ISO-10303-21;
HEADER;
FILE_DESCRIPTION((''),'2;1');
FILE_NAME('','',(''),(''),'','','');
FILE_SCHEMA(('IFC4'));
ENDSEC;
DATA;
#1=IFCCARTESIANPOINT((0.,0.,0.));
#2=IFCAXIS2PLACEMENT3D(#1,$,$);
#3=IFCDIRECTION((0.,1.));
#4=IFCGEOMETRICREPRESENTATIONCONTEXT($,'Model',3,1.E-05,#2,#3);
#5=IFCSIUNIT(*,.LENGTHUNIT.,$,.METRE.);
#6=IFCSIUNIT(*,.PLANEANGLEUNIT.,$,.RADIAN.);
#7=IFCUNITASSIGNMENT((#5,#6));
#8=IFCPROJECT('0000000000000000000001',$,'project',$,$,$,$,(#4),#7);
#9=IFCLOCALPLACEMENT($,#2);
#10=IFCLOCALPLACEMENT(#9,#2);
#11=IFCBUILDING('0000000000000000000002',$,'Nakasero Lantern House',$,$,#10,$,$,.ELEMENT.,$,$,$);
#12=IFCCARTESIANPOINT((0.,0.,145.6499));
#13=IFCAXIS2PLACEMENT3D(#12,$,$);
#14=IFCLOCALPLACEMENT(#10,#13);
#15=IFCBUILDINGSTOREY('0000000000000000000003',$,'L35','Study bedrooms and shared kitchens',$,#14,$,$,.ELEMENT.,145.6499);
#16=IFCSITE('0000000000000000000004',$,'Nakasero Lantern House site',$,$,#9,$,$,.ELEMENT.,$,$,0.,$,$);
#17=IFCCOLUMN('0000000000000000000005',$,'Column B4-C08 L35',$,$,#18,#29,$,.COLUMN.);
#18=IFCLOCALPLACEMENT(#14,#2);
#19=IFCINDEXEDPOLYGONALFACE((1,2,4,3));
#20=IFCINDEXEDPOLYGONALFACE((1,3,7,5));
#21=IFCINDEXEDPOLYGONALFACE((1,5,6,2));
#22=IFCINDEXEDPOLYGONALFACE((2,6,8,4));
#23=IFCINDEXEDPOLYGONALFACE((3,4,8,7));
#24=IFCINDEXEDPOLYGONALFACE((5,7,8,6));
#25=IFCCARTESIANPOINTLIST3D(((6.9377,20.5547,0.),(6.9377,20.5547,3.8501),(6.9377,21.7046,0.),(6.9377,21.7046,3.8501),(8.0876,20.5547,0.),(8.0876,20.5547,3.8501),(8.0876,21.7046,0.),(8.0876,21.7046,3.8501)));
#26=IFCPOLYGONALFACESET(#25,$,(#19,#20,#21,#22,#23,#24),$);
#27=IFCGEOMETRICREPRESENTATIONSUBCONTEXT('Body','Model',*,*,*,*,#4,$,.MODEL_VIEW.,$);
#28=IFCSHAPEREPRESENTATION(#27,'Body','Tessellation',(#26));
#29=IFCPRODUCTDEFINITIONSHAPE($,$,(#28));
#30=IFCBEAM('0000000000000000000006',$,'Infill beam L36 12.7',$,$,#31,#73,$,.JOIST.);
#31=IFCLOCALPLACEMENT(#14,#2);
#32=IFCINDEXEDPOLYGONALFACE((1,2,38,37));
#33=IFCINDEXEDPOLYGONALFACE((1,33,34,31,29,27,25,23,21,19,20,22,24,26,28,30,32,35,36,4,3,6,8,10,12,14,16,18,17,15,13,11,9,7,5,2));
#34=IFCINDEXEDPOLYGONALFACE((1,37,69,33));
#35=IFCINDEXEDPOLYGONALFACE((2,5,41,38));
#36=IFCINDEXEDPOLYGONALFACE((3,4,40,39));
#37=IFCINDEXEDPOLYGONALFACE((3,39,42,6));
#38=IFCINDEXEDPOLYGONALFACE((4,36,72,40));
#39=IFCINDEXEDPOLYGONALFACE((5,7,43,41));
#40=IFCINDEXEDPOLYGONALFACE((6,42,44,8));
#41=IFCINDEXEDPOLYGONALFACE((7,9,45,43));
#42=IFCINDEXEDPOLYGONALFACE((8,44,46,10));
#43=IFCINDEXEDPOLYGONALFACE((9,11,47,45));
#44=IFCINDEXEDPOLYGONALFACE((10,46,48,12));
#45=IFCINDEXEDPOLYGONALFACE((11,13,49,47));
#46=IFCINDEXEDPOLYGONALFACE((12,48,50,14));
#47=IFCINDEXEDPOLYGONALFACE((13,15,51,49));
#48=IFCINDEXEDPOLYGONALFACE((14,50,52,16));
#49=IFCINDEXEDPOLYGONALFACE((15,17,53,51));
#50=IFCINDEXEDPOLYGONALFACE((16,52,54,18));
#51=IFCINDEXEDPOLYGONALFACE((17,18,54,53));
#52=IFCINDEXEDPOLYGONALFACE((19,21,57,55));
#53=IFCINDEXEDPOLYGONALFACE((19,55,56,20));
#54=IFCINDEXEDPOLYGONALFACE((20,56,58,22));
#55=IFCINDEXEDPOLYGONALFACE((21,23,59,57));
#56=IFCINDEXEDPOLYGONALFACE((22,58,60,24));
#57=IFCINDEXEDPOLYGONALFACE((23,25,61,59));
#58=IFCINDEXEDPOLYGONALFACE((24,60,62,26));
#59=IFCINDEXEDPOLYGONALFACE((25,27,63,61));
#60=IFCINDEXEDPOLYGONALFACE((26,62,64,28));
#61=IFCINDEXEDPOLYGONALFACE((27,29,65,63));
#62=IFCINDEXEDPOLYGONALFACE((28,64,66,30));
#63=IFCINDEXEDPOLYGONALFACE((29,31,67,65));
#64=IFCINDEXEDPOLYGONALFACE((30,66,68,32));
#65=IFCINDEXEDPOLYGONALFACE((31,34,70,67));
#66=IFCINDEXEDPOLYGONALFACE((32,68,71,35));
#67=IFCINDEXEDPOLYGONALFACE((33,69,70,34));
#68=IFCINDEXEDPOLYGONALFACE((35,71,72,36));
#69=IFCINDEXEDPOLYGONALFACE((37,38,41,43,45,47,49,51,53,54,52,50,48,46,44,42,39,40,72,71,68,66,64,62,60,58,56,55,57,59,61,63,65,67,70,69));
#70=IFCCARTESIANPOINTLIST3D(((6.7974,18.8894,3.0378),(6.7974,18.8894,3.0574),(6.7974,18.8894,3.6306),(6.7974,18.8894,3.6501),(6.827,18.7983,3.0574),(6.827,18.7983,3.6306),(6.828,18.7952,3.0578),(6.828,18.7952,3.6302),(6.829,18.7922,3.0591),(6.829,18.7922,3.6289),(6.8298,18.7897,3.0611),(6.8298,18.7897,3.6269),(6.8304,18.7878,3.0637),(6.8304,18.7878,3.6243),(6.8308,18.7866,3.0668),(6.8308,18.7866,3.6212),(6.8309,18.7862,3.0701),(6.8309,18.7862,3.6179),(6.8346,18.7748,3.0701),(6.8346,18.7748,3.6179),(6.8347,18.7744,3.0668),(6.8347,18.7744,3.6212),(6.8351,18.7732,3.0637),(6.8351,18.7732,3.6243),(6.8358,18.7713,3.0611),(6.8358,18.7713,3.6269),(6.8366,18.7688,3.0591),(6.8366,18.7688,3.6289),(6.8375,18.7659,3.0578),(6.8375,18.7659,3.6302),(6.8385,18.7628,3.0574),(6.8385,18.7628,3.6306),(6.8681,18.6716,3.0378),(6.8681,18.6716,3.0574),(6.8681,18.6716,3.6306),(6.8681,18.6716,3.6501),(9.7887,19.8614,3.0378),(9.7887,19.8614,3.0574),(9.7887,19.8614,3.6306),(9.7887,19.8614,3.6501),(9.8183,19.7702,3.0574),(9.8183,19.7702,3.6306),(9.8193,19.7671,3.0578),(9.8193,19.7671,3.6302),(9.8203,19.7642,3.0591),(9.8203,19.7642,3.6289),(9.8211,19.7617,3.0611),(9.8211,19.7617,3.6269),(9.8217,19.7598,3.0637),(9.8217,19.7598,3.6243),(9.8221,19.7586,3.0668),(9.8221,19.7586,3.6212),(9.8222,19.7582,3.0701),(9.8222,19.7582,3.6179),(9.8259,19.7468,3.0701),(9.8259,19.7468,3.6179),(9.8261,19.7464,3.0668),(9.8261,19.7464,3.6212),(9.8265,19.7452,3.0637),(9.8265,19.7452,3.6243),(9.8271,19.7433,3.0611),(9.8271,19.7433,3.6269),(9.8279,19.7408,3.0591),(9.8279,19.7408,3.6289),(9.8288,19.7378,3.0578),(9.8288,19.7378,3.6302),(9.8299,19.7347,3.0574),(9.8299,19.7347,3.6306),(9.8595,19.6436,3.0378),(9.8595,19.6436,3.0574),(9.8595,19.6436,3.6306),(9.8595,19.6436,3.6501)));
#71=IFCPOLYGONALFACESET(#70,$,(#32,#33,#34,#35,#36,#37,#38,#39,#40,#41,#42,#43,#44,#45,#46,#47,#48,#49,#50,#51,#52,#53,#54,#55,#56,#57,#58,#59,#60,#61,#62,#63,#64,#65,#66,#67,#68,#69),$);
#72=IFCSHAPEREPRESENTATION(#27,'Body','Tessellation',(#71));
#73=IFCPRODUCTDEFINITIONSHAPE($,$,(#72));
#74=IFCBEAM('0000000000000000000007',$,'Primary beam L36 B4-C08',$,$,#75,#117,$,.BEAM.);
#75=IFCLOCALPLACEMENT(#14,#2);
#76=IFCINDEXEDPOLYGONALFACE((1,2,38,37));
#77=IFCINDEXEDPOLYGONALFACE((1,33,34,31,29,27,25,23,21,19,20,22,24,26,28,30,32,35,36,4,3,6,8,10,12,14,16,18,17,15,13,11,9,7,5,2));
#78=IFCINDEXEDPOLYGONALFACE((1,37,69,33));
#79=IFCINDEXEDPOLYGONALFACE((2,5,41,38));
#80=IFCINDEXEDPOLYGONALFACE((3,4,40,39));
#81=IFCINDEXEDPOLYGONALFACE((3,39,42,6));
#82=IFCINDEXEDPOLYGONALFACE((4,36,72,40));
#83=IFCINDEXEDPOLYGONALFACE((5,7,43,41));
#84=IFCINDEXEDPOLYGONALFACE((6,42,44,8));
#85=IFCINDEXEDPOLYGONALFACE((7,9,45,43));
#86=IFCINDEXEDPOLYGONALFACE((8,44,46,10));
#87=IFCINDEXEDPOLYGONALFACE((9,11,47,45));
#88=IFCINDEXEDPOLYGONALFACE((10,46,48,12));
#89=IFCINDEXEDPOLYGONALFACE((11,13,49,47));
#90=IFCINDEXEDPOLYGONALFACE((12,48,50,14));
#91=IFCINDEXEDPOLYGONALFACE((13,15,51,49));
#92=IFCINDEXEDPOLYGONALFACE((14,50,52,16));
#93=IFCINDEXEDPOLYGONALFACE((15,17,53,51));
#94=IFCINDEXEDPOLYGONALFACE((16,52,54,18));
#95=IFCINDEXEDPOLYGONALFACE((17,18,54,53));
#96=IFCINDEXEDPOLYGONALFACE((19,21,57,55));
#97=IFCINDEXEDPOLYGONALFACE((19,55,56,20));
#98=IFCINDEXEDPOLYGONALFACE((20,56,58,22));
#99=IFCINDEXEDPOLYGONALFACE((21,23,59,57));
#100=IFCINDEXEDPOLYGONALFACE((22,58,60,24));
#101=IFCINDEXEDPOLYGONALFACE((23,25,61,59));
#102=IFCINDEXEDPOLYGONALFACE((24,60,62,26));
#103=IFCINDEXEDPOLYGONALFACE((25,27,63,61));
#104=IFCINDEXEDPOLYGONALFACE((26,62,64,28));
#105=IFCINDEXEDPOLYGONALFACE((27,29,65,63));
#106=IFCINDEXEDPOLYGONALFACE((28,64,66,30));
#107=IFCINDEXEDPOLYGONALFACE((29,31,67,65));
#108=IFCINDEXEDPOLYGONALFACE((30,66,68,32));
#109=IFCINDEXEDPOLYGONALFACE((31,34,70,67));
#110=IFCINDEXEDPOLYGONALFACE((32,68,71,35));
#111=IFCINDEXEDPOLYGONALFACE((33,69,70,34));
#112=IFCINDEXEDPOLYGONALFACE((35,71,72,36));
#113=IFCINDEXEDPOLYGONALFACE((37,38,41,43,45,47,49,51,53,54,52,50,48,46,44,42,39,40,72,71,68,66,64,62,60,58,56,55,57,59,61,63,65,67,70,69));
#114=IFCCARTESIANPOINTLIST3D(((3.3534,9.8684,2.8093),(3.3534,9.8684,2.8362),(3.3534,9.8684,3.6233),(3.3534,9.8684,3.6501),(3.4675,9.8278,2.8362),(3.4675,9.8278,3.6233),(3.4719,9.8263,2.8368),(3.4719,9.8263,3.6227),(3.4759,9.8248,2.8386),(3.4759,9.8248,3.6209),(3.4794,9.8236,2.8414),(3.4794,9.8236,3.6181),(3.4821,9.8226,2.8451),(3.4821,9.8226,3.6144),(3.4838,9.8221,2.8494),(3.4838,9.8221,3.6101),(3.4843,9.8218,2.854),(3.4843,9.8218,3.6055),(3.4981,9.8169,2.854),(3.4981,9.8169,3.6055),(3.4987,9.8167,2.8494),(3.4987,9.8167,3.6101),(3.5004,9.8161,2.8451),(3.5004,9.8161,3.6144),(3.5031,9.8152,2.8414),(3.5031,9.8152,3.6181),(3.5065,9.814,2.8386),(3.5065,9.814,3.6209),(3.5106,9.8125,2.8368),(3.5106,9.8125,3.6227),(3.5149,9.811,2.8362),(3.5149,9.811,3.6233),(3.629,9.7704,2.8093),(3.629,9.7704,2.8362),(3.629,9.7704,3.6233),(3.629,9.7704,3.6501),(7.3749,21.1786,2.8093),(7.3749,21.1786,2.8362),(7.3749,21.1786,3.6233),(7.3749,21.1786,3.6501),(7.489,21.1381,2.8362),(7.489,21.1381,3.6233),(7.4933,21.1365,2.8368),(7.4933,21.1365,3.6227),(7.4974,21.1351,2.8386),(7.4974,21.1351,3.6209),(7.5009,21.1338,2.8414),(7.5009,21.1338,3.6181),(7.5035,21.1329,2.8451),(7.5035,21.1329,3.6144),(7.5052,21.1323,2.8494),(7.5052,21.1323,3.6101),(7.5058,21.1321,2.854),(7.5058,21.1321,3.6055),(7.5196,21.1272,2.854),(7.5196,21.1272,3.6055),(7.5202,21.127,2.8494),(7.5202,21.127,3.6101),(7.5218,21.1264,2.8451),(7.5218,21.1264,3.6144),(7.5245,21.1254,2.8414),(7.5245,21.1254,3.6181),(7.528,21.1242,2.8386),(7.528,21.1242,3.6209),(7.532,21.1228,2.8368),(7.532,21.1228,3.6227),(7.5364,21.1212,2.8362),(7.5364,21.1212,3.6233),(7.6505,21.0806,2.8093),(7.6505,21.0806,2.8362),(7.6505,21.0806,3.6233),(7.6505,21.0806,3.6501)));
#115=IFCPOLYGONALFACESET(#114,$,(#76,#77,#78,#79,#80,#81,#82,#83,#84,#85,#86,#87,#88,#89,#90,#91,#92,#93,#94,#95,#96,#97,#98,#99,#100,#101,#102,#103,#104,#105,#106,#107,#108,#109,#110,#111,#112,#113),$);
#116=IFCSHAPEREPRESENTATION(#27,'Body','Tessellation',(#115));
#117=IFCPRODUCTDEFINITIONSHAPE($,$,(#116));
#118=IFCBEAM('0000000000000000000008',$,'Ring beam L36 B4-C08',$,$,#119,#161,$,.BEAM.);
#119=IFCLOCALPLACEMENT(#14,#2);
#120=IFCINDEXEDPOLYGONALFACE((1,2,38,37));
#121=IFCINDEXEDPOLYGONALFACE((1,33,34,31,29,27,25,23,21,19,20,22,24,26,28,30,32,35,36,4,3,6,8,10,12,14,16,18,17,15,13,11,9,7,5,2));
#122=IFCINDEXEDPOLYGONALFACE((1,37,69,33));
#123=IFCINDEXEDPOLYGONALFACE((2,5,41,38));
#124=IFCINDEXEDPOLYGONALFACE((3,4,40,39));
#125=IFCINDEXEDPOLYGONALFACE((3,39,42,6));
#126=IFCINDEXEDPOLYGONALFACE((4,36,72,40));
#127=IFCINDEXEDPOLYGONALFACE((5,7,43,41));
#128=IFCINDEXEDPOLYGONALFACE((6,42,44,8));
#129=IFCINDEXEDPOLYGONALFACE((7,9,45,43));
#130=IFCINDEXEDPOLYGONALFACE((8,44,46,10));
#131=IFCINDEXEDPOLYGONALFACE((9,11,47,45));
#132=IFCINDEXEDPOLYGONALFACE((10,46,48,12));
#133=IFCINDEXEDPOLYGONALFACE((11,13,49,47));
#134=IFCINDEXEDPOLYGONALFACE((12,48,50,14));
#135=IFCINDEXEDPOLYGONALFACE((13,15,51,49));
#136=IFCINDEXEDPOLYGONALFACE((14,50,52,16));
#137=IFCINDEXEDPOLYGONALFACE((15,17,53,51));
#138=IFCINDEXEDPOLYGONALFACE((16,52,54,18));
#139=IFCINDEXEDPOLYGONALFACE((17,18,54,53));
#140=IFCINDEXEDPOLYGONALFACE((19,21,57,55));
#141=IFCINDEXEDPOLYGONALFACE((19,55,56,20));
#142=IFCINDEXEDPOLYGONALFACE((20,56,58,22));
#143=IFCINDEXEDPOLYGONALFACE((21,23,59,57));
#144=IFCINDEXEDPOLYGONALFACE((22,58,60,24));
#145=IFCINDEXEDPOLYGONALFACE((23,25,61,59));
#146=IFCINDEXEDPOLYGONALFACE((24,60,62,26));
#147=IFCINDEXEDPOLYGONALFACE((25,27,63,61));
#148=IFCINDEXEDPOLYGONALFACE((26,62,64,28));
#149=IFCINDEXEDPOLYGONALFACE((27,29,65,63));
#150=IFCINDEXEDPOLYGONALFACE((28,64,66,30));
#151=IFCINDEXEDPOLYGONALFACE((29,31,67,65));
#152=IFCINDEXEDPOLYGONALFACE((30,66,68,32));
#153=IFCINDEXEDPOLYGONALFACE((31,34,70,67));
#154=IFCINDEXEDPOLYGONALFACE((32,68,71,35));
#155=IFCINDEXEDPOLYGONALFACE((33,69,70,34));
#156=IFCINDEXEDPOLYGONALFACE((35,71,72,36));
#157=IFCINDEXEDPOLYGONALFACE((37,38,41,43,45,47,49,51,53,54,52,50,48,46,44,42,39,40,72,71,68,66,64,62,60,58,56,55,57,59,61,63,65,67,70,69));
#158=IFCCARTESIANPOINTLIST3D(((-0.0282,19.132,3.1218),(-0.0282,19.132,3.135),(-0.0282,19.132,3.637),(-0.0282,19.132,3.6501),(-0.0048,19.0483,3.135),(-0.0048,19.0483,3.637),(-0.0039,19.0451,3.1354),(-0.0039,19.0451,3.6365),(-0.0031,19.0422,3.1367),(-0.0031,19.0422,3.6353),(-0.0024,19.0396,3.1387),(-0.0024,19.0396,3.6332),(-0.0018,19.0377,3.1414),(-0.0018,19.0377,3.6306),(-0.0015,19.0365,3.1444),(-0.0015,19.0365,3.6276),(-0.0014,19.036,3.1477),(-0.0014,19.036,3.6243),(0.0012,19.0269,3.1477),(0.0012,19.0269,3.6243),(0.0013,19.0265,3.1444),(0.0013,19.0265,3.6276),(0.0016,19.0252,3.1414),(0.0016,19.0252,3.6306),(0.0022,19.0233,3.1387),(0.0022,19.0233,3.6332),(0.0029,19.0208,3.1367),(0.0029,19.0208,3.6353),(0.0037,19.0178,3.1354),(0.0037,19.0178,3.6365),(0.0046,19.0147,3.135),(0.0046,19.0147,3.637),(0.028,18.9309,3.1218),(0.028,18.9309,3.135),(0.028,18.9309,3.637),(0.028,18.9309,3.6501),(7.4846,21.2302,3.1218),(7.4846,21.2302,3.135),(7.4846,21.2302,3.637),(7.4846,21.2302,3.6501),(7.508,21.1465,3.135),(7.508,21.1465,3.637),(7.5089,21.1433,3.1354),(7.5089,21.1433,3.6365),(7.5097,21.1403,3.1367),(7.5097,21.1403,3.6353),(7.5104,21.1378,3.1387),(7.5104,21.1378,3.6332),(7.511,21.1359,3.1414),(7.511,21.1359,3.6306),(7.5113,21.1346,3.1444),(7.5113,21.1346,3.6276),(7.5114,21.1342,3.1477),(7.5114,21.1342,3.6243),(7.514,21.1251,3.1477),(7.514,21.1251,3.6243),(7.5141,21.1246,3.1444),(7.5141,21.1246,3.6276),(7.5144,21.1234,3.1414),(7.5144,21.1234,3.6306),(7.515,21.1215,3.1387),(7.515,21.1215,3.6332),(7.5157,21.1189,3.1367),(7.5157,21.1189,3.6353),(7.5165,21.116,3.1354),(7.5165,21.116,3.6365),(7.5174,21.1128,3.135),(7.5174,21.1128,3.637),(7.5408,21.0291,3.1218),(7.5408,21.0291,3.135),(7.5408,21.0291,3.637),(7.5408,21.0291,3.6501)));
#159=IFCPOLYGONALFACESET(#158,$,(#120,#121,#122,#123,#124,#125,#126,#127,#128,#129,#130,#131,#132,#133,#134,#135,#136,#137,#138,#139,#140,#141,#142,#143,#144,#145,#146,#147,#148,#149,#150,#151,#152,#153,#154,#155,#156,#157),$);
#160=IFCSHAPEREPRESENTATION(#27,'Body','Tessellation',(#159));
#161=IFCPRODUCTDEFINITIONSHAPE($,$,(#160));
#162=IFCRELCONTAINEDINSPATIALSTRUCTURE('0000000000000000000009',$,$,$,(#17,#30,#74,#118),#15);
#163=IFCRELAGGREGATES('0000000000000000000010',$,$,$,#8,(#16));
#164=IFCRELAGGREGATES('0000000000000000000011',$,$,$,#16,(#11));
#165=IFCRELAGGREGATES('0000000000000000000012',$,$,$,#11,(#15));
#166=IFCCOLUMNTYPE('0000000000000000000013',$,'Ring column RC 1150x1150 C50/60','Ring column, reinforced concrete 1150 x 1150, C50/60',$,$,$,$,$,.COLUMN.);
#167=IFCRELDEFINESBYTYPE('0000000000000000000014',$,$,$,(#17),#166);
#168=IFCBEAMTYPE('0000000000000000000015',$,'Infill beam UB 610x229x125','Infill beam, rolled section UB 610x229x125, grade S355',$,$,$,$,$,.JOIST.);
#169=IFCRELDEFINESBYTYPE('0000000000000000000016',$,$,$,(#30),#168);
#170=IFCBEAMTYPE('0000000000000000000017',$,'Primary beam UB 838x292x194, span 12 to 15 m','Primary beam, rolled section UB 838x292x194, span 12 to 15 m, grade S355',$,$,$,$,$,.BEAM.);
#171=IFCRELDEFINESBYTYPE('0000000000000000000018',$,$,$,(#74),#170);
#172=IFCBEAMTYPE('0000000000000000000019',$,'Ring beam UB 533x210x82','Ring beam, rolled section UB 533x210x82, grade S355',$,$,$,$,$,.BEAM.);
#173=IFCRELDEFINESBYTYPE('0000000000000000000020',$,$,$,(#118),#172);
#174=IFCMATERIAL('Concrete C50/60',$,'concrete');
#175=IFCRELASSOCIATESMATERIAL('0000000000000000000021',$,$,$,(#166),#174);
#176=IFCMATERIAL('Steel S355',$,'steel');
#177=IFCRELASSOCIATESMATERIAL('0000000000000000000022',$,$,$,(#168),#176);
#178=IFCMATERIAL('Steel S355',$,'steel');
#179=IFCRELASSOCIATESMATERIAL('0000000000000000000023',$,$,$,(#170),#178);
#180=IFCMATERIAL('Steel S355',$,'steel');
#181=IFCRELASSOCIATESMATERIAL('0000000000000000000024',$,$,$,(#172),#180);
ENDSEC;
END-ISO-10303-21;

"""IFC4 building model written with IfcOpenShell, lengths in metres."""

from ifc_helpers import new_model, si_unit, direction, frame, origin, origin_2d, place, context, subcontext, project, spatial, rectangle, i_section, extrude, material, material_profile, profile_set, type_object, element, save


model = new_model("IFC4")

# Units and contexts
model_context = context("Model", 3, precision=1e-05, world=origin(), true_north=direction((0.0, 1.0)))
body_context = subcontext(model_context, "Body", "Model", "MODEL_VIEW")
ifc_project = project(units=[si_unit("LENGTHUNIT", "METRE"), si_unit("PLANEANGLEUNIT", "RADIAN")], contexts=[model_context])

# Site, building, storey
site_placement = place(None, origin())
site = spatial("IfcSite", under=ifc_project, at=site_placement, Name="Nakasero Lantern House site", CompositionType="ELEMENT", RefElevation=0.0)
building_placement = place(site_placement, origin())
building = spatial("IfcBuilding", under=site, at=building_placement, Name="Nakasero Lantern House", CompositionType="ELEMENT")
storey_placement = place(building_placement, frame((0.0, 0.0, 145.6499)))
storey = spatial("IfcBuildingStorey", under=building, at=storey_placement, Name="L35", Description="Study bedrooms and shared kitchens", CompositionType="ELEMENT", Elevation=145.6499)

# Column
ifc_material_1 = material(Name="Concrete C50/60", Category="concrete")
ifc_material_profile_1 = material_profile(ifc_material_1, rectangle(XDim=1.1499, YDim=1.1499, at=origin_2d()), Name="RC 1150x1150")
ifc_profile_set_1 = profile_set([ifc_material_profile_1], Name="Concrete C50/60")
column_type = type_object("IfcColumnType", Name="Ring column RC 1150x1150 C50/60", Description="Ring column, reinforced concrete 1150 x 1150, C50/60", PredefinedType="COLUMN", material=ifc_profile_set_1)
column_placement = place(storey_placement, frame((7.5127, 21.1296, 0.0), z_axis=(0.0, 0.0, 1.0), x_axis=(1.0, 0.0, 0.0)))
element("IfcColumn", 1, at=column_placement, inside=storey, type_object=column_type, Name="Column B4-C08 L35", PredefinedType="COLUMN", context=body_context, shape_type="SweptSolid", body=[
    extrude(rectangle(XDim=1.1499, YDim=1.1499, at=origin_2d()), origin(), (0.0, 0.0, 1.0), 3.8501),
])

# Beams
ifc_material_2 = material(Name="Steel S355", Category="steel")
ifc_material_profile_2 = material_profile(ifc_material_2, i_section(OverallWidth=0.229, OverallDepth=0.6123, WebThickness=0.012, FlangeThickness=0.0195, FilletRadius=0.0127, at=origin_2d()), Name="UB 610x229x125")
ifc_profile_set_2 = profile_set([ifc_material_profile_2], Name="Steel S355")
beam_type_1 = type_object("IfcBeamType", Name="Infill beam UB 610x229x125", Description="Infill beam, rolled section UB 610x229x125, grade S355", PredefinedType="JOIST", material=ifc_profile_set_2)
beam_1_placement = place(storey_placement, frame((6.8328, 18.7805, 3.344), z_axis=(0.951055, 0.309023, 0.0), x_axis=(-0.309023, 0.951055, 0.0)))
element("IfcBeam", 2, at=beam_1_placement, inside=storey, type_object=beam_type_1, Name="Infill beam L36 12.7", PredefinedType="JOIST", context=body_context, shape_type="SweptSolid", body=[
    extrude(i_section(OverallWidth=0.229, OverallDepth=0.6123, WebThickness=0.012, FlangeThickness=0.0195, FilletRadius=0.0127, at=origin_2d()), origin(), (0.0, 0.0, 1.0), 3.1453),
])
ifc_material_3 = material(Name="Steel S355", Category="steel")
ifc_material_profile_3 = material_profile(ifc_material_3, i_section(OverallWidth=0.2925, OverallDepth=0.8408, WebThickness=0.0146, FlangeThickness=0.0269, FilletRadius=0.0178, at=origin_2d()), Name="UB 838x292x194")
ifc_profile_set_3 = profile_set([ifc_material_profile_3], Name="Steel S355")
beam_type_2 = type_object("IfcBeamType", Name="Primary beam UB 838x292x194, span 12 to 15 m", Description="Primary beam, rolled section UB 838x292x194, span 12 to 15 m, grade S355", PredefinedType="BEAM", material=ifc_profile_set_3)
beam_2_placement = place(storey_placement, frame((7.5127, 21.1296, 3.2297), z_axis=(-0.335013, -0.942214, 0.0), x_axis=(0.942214, -0.335013, 0.0)))
element("IfcBeam", 3, at=beam_2_placement, inside=storey, type_object=beam_type_2, Name="Primary beam L36 B4-C08", PredefinedType="BEAM", context=body_context, shape_type="SweptSolid", body=[
    extrude(i_section(OverallWidth=0.2925, OverallDepth=0.8408, WebThickness=0.0146, FlangeThickness=0.0269, FilletRadius=0.0178, at=origin_2d()), origin(), (0.0, 0.0, 1.0), 12.0039),
])
ifc_material_4 = material(Name="Steel S355", Category="steel")
ifc_material_profile_4 = material_profile(ifc_material_4, i_section(OverallWidth=0.2087, OverallDepth=0.5283, WebThickness=0.0095, FlangeThickness=0.0132, FilletRadius=0.0127, at=origin_2d()), Name="UB 533x210x82")
ifc_profile_set_4 = profile_set([ifc_material_profile_4], Name="Steel S355")
beam_type_3 = type_object("IfcBeamType", Name="Ring beam UB 533x210x82", Description="Ring beam, rolled section UB 533x210x82, grade S355", PredefinedType="BEAM", material=ifc_profile_set_4)
beam_3_placement = place(storey_placement, frame((7.5127, 21.1296, 3.386), z_axis=(-0.963144, -0.268987, 0.0), x_axis=(0.268987, -0.963144, 0.0)))
element("IfcBeam", 4, at=beam_3_placement, inside=storey, type_object=beam_type_3, Name="Ring beam L36 B4-C08", PredefinedType="BEAM", context=body_context, shape_type="SweptSolid", body=[
    extrude(i_section(OverallWidth=0.2087, OverallDepth=0.5283, WebThickness=0.0095, FlangeThickness=0.0132, FilletRadius=0.0127, at=origin_2d()), origin(), (0.0, 0.0, 1.0), 7.8003),
])

save(model, "model.ifc")
